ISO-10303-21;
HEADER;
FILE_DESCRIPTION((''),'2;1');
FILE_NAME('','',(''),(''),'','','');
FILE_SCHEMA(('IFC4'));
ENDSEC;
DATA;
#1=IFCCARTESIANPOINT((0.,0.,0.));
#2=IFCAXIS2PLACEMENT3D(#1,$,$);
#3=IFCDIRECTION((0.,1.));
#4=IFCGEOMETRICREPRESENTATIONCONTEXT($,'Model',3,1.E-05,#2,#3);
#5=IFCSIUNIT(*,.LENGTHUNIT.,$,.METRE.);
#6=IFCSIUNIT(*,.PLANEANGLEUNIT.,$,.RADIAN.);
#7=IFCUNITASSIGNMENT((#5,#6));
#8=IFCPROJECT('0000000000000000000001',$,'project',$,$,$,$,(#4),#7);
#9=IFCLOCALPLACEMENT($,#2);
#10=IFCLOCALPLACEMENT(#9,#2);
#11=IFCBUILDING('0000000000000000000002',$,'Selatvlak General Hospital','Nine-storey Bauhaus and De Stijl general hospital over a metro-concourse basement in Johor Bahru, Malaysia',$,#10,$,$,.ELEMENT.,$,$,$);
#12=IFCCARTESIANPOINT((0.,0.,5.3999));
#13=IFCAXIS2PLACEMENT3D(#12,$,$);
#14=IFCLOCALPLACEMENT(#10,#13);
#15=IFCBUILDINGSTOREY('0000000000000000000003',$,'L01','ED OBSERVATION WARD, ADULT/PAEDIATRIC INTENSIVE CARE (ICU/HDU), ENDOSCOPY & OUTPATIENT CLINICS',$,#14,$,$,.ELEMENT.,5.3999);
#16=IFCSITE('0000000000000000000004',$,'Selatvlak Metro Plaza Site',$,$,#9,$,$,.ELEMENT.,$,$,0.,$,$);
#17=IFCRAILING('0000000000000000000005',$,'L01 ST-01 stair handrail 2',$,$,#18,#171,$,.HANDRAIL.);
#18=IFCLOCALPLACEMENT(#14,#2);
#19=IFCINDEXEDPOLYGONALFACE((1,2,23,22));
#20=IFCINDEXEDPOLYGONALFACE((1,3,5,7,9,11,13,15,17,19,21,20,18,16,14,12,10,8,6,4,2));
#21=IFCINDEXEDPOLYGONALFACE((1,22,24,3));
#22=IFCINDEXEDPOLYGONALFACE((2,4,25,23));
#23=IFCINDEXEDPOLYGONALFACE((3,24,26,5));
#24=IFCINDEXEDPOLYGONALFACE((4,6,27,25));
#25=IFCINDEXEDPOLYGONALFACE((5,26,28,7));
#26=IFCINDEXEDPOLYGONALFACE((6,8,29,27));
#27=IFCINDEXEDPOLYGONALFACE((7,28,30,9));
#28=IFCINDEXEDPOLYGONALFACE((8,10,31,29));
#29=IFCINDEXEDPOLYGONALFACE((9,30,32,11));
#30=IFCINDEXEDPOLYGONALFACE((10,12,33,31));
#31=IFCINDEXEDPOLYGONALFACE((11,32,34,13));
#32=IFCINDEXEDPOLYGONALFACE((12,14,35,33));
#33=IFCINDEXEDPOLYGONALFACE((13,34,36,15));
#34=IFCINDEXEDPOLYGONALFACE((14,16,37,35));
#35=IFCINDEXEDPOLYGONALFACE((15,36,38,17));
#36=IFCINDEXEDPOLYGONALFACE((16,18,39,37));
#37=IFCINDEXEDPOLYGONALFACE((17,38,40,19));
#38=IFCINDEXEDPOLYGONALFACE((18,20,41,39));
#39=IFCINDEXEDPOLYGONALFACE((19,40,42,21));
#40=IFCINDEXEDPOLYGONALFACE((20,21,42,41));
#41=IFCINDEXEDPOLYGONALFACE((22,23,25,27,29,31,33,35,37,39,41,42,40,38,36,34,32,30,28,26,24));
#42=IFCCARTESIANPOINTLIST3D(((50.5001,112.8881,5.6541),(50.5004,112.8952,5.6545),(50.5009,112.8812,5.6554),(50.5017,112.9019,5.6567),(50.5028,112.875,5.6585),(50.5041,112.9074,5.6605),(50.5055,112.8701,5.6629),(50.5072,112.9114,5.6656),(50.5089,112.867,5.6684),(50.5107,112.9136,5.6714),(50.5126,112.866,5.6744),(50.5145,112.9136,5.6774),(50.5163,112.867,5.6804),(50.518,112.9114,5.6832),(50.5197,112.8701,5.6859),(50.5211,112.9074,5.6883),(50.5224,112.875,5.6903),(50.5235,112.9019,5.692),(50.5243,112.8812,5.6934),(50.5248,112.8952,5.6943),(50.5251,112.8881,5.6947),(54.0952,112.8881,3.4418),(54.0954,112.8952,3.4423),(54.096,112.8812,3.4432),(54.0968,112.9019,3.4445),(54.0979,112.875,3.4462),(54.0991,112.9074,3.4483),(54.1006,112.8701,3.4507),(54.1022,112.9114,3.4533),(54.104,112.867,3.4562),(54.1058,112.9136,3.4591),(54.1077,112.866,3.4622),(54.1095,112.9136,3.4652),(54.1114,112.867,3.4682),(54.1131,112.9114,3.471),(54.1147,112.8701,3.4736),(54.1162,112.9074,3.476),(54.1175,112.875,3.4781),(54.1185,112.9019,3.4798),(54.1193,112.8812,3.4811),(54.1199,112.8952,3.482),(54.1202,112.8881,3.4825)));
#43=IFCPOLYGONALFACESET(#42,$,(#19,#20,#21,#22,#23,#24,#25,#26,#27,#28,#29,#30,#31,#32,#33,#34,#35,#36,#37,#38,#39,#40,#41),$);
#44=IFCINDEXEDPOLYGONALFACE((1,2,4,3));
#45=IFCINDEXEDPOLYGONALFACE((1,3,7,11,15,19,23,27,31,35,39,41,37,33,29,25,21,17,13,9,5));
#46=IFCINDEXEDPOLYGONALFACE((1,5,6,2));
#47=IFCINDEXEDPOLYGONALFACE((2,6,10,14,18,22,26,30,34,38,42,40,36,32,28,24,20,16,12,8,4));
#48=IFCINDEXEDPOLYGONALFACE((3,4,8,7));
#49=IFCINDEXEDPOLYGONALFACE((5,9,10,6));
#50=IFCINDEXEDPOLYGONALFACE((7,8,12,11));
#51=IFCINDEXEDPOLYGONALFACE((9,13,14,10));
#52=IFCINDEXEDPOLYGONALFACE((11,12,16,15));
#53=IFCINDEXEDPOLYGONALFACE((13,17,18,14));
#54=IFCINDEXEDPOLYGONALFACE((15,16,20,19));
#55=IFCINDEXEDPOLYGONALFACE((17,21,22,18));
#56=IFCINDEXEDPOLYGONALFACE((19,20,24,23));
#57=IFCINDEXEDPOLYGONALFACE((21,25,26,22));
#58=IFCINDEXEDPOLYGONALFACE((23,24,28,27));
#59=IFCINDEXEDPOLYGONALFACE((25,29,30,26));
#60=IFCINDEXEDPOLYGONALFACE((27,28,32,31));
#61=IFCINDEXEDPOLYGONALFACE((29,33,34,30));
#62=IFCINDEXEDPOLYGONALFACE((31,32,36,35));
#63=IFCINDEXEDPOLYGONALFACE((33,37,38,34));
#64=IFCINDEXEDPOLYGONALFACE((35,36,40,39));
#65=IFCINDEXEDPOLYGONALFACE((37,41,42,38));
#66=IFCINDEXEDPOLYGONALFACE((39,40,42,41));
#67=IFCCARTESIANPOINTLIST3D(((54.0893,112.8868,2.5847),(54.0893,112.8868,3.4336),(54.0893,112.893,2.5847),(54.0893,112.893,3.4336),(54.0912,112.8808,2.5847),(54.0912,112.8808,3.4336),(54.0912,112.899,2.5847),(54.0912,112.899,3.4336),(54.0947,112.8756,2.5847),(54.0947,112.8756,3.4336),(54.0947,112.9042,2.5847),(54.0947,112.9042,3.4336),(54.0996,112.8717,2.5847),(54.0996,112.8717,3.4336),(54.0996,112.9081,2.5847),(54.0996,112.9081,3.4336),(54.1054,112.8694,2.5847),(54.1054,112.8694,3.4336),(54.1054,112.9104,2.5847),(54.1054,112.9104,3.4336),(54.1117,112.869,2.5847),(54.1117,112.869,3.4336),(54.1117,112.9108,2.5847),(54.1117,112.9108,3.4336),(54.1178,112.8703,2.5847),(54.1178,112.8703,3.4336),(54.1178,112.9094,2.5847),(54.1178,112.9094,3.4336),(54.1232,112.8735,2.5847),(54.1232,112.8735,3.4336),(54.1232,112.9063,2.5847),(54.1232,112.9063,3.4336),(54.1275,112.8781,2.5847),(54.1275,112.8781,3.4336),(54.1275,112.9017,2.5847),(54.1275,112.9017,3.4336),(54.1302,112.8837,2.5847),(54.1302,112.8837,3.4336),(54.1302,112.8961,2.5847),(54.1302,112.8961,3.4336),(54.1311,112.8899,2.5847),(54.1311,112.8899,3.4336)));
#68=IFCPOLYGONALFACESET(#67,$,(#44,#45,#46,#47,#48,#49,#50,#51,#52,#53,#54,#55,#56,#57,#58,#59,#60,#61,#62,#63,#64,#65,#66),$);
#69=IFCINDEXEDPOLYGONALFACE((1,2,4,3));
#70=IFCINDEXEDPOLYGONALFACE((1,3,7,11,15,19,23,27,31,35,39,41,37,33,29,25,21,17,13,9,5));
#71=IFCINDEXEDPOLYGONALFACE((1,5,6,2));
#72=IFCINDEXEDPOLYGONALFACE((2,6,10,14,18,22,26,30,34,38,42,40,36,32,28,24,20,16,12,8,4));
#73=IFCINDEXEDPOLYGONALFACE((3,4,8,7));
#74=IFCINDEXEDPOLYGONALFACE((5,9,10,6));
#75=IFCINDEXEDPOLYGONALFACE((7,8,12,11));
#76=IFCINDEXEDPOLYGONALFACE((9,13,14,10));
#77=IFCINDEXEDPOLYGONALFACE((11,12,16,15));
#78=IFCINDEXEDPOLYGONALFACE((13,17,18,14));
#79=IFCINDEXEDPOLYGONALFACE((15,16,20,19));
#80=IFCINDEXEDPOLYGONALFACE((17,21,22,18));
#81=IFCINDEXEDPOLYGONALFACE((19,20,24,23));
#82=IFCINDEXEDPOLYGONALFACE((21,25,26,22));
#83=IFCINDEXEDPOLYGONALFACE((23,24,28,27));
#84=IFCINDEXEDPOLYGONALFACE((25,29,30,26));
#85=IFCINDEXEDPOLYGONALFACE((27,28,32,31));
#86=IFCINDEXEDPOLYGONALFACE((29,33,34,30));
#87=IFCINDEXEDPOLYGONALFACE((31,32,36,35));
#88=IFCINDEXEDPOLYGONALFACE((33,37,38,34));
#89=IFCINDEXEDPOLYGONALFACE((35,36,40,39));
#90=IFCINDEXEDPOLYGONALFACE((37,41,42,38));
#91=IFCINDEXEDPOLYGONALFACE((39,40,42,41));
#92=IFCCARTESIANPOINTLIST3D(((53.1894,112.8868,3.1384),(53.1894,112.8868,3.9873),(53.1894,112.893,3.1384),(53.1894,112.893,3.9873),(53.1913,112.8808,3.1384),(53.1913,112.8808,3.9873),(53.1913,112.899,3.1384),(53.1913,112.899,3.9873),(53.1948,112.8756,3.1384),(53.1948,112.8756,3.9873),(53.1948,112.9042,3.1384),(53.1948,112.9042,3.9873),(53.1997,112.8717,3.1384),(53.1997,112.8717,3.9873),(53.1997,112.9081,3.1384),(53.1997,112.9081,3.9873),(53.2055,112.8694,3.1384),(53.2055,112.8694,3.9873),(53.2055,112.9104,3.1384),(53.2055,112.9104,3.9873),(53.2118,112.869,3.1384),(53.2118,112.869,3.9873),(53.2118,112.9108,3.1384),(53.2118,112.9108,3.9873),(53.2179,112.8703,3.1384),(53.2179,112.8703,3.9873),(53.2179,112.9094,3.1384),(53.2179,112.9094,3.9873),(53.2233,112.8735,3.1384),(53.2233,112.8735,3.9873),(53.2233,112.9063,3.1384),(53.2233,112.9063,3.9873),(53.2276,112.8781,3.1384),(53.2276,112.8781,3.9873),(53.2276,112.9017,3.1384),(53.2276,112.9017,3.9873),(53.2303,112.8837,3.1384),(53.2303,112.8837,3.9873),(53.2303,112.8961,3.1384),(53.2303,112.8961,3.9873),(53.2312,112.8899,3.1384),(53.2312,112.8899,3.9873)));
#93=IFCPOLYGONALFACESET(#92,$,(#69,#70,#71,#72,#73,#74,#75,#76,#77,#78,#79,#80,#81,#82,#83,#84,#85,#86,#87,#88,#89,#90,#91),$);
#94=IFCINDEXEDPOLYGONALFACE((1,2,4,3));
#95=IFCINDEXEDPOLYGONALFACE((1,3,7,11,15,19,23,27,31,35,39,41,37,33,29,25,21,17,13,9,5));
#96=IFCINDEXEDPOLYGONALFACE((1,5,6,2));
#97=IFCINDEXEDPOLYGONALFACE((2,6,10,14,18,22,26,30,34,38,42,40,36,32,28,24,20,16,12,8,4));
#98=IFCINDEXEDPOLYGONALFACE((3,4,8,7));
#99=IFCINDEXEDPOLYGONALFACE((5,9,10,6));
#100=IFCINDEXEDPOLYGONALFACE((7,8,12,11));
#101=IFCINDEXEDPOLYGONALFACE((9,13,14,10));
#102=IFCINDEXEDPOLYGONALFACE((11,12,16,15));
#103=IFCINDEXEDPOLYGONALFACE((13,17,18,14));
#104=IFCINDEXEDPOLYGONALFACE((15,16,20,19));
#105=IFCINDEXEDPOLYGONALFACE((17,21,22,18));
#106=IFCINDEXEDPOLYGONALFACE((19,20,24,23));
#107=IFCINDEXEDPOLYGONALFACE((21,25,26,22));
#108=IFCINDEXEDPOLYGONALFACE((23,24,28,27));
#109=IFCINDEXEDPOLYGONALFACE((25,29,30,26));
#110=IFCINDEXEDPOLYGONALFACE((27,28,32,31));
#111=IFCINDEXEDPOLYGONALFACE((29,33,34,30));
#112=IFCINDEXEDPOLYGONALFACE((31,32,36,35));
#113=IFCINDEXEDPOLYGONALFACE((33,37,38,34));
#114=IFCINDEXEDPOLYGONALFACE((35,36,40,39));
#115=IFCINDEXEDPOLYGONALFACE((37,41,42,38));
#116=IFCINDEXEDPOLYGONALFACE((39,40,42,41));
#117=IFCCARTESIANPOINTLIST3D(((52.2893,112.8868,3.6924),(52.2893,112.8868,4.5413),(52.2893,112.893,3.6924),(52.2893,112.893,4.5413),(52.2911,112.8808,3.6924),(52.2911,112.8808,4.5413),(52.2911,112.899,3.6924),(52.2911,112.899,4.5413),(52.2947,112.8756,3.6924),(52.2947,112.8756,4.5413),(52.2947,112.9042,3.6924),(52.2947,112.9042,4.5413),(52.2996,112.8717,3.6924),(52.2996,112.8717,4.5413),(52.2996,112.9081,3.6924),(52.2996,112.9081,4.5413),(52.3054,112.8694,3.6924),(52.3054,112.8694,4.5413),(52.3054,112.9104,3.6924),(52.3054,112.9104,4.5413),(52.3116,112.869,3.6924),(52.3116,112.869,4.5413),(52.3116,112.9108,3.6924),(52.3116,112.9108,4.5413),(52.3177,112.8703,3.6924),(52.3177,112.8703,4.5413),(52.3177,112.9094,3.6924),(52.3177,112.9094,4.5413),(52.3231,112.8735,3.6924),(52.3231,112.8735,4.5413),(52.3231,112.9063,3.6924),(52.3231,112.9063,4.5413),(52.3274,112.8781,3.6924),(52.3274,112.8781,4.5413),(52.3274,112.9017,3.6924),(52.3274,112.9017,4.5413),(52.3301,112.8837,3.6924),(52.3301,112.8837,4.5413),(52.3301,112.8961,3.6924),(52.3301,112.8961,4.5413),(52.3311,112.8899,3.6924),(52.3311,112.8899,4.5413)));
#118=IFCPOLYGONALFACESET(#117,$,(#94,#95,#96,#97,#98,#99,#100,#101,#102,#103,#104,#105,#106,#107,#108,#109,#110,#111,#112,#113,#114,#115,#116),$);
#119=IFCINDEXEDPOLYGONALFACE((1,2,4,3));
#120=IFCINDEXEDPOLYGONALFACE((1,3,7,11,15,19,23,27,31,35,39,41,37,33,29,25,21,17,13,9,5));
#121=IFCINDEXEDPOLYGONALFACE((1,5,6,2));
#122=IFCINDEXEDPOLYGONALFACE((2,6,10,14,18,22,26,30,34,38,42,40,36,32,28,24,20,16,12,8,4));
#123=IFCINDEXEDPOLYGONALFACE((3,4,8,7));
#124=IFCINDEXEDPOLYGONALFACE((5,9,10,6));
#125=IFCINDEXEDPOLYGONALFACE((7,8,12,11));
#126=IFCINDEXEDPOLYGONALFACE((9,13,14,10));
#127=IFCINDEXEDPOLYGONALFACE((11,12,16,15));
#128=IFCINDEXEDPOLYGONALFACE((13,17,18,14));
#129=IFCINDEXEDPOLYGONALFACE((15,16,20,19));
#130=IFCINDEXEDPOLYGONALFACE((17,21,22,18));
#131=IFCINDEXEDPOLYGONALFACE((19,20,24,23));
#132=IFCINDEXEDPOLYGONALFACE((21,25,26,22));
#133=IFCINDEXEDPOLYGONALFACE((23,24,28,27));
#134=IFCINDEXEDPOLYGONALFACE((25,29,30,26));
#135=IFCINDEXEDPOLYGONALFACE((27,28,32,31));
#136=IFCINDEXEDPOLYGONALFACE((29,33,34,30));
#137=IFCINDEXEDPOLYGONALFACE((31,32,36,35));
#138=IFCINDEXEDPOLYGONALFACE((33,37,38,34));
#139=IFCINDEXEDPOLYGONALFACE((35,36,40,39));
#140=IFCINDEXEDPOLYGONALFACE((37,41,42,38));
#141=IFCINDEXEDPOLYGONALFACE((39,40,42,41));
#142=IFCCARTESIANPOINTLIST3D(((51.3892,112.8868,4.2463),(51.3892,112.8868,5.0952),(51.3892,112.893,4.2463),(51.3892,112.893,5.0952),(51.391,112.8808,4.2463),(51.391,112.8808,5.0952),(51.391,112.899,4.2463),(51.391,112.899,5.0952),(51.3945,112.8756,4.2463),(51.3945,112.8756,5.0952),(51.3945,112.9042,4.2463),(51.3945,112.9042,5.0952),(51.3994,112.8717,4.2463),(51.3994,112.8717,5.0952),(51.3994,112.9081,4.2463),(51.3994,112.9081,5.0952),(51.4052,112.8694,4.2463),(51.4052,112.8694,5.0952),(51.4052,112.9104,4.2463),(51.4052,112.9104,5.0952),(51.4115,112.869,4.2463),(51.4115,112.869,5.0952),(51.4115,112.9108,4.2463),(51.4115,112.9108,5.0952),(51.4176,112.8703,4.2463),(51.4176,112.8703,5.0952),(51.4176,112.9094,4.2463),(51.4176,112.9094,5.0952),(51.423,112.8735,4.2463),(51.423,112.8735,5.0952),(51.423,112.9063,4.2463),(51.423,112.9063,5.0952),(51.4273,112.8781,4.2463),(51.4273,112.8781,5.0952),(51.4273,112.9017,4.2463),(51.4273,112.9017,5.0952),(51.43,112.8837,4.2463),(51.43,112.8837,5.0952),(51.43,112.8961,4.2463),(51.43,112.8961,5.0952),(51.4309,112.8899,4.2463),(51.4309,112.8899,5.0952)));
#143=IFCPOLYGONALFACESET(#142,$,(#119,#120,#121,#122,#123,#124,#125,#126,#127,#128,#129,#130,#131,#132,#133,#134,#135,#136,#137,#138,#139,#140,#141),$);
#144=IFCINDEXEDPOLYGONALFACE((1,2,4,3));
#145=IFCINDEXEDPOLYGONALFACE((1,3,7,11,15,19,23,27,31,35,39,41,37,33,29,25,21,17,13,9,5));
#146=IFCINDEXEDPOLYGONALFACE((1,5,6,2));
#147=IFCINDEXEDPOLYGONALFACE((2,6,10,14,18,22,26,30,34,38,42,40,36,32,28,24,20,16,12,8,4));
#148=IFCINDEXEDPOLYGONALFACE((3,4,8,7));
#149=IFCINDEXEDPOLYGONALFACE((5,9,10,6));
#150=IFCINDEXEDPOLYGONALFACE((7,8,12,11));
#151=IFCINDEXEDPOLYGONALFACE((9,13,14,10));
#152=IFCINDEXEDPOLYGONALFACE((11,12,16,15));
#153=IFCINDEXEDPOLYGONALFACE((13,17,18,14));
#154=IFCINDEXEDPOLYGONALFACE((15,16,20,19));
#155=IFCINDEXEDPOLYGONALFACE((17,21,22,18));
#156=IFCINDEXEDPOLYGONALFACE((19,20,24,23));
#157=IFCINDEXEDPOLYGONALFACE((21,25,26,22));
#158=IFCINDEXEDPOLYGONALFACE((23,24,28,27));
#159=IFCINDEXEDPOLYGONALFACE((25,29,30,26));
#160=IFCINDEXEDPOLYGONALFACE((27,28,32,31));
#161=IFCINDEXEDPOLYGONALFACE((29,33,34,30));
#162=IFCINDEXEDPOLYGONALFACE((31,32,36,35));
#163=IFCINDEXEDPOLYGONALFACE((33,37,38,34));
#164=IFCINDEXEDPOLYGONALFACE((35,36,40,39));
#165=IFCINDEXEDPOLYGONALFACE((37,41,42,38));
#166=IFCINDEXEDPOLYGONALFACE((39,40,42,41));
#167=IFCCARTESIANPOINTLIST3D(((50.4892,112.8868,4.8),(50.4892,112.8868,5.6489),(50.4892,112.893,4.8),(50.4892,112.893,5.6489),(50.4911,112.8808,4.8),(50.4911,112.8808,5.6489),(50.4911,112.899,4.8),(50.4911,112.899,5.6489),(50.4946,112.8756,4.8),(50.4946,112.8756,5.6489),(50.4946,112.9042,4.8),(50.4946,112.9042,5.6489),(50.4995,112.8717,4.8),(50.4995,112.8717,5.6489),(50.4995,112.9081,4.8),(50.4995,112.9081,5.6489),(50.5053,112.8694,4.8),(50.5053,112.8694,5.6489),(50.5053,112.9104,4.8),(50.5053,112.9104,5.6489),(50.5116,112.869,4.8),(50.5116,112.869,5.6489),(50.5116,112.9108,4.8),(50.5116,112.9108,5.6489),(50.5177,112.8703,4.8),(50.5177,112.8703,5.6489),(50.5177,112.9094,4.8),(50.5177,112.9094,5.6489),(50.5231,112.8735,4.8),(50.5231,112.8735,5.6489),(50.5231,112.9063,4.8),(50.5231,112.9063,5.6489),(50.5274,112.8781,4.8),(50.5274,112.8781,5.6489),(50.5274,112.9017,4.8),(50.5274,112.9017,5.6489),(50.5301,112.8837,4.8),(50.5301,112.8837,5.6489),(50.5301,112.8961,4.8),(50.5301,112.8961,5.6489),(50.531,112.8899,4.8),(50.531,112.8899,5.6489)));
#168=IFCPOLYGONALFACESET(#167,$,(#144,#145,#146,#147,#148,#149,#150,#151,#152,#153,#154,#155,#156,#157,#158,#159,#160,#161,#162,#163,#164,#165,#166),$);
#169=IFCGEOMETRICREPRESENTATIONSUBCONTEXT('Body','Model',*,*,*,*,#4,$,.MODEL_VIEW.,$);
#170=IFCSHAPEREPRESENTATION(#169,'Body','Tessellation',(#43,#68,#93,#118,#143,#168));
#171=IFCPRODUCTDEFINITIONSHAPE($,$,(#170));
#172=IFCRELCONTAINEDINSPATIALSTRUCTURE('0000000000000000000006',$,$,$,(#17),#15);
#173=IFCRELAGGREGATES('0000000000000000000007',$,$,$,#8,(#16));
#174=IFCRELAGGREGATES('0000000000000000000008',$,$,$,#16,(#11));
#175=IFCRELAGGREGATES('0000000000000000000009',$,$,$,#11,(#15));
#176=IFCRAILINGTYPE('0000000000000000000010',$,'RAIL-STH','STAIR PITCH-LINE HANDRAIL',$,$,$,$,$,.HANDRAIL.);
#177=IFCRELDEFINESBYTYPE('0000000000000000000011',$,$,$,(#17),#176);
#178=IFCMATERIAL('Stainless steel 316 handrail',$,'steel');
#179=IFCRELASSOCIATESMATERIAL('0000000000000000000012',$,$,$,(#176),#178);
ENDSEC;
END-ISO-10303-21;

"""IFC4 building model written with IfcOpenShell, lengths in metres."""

from ifc_helpers import new_model, si_unit, direction, frame, origin, origin_2d, place, context, subcontext, project, spatial, circle, extrude, material, type_object, element, save


model = new_model("IFC4")

# Units and contexts
model_context = context("Model", 3, precision=1e-05, world=origin(), true_north=direction((0.0, 1.0)))
body_context = subcontext(model_context, "Body", "Model", "MODEL_VIEW")
ifc_project = project(units=[si_unit("LENGTHUNIT", "METRE"), si_unit("PLANEANGLEUNIT", "RADIAN")], contexts=[model_context])

# Site, building, storey
site_placement = place(None, origin())
site = spatial("IfcSite", under=ifc_project, at=site_placement, Name="Selatvlak Metro Plaza Site", CompositionType="ELEMENT", RefElevation=0.0)
building_placement = place(site_placement, origin())
building = spatial("IfcBuilding", under=site, at=building_placement, Name="Selatvlak General Hospital", Description="Nine-storey Bauhaus and De Stijl general hospital over a metro-concourse basement in Johor Bahru, Malaysia", CompositionType="ELEMENT")
storey_placement = place(building_placement, frame((0.0, 0.0, 5.3999)))
storey = spatial("IfcBuildingStorey", under=building, at=storey_placement, Name="L01", Description="ED OBSERVATION WARD, ADULT/PAEDIATRIC INTENSIVE CARE (ICU/HDU), ENDOSCOPY & OUTPATIENT CLINICS", CompositionType="ELEMENT", Elevation=5.3999)

# Railing
ifc_material_1 = material(Name="Stainless steel 316 handrail", Category="steel")
railing_type_1 = type_object("IfcRailingType", Name="RAIL-STH", Description="STAIR PITCH-LINE HANDRAIL", PredefinedType="HANDRAIL", material=ifc_material_1)
railing_1_placement = place(storey_placement, frame((54.1101, 112.8899, 2.5847)))
element("IfcRailing", 1, at=railing_1_placement, inside=storey, type_object=railing_type_1, Name="L01 ST-01 stair handrail 2", PredefinedType="HANDRAIL", context=body_context, shape_type="SweptSolid", body=[
    extrude(circle(Radius=0.0239, at=origin_2d()), frame((-0.0024, 0.0, 0.8774), z_axis=(-0.85167, 0.0, 0.524078), x_axis=(0.0, -1.0, 0.0)), (0.0, 0.0, 1.0), 4.2212),
    extrude(circle(Radius=0.021, at=origin_2d()), origin(), (0.0, 0.0, 1.0), 0.8489),
    extrude(circle(Radius=0.021, at=origin_2d()), frame((-0.8999, 0.0, 0.5537)), (0.0, 0.0, 1.0), 0.8489),
    extrude(circle(Radius=0.021, at=origin_2d()), frame((-1.8, 0.0, 1.1077)), (0.0, 0.0, 1.0), 0.8489),
    extrude(circle(Radius=0.021, at=origin_2d()), frame((-2.7002, 0.0, 1.6616)), (0.0, 0.0, 1.0), 0.8489),
    extrude(circle(Radius=0.021, at=origin_2d()), frame((-3.6001, 0.0, 2.2153)), (0.0, 0.0, 1.0), 0.8489),
])

save(model, "model.ifc")
